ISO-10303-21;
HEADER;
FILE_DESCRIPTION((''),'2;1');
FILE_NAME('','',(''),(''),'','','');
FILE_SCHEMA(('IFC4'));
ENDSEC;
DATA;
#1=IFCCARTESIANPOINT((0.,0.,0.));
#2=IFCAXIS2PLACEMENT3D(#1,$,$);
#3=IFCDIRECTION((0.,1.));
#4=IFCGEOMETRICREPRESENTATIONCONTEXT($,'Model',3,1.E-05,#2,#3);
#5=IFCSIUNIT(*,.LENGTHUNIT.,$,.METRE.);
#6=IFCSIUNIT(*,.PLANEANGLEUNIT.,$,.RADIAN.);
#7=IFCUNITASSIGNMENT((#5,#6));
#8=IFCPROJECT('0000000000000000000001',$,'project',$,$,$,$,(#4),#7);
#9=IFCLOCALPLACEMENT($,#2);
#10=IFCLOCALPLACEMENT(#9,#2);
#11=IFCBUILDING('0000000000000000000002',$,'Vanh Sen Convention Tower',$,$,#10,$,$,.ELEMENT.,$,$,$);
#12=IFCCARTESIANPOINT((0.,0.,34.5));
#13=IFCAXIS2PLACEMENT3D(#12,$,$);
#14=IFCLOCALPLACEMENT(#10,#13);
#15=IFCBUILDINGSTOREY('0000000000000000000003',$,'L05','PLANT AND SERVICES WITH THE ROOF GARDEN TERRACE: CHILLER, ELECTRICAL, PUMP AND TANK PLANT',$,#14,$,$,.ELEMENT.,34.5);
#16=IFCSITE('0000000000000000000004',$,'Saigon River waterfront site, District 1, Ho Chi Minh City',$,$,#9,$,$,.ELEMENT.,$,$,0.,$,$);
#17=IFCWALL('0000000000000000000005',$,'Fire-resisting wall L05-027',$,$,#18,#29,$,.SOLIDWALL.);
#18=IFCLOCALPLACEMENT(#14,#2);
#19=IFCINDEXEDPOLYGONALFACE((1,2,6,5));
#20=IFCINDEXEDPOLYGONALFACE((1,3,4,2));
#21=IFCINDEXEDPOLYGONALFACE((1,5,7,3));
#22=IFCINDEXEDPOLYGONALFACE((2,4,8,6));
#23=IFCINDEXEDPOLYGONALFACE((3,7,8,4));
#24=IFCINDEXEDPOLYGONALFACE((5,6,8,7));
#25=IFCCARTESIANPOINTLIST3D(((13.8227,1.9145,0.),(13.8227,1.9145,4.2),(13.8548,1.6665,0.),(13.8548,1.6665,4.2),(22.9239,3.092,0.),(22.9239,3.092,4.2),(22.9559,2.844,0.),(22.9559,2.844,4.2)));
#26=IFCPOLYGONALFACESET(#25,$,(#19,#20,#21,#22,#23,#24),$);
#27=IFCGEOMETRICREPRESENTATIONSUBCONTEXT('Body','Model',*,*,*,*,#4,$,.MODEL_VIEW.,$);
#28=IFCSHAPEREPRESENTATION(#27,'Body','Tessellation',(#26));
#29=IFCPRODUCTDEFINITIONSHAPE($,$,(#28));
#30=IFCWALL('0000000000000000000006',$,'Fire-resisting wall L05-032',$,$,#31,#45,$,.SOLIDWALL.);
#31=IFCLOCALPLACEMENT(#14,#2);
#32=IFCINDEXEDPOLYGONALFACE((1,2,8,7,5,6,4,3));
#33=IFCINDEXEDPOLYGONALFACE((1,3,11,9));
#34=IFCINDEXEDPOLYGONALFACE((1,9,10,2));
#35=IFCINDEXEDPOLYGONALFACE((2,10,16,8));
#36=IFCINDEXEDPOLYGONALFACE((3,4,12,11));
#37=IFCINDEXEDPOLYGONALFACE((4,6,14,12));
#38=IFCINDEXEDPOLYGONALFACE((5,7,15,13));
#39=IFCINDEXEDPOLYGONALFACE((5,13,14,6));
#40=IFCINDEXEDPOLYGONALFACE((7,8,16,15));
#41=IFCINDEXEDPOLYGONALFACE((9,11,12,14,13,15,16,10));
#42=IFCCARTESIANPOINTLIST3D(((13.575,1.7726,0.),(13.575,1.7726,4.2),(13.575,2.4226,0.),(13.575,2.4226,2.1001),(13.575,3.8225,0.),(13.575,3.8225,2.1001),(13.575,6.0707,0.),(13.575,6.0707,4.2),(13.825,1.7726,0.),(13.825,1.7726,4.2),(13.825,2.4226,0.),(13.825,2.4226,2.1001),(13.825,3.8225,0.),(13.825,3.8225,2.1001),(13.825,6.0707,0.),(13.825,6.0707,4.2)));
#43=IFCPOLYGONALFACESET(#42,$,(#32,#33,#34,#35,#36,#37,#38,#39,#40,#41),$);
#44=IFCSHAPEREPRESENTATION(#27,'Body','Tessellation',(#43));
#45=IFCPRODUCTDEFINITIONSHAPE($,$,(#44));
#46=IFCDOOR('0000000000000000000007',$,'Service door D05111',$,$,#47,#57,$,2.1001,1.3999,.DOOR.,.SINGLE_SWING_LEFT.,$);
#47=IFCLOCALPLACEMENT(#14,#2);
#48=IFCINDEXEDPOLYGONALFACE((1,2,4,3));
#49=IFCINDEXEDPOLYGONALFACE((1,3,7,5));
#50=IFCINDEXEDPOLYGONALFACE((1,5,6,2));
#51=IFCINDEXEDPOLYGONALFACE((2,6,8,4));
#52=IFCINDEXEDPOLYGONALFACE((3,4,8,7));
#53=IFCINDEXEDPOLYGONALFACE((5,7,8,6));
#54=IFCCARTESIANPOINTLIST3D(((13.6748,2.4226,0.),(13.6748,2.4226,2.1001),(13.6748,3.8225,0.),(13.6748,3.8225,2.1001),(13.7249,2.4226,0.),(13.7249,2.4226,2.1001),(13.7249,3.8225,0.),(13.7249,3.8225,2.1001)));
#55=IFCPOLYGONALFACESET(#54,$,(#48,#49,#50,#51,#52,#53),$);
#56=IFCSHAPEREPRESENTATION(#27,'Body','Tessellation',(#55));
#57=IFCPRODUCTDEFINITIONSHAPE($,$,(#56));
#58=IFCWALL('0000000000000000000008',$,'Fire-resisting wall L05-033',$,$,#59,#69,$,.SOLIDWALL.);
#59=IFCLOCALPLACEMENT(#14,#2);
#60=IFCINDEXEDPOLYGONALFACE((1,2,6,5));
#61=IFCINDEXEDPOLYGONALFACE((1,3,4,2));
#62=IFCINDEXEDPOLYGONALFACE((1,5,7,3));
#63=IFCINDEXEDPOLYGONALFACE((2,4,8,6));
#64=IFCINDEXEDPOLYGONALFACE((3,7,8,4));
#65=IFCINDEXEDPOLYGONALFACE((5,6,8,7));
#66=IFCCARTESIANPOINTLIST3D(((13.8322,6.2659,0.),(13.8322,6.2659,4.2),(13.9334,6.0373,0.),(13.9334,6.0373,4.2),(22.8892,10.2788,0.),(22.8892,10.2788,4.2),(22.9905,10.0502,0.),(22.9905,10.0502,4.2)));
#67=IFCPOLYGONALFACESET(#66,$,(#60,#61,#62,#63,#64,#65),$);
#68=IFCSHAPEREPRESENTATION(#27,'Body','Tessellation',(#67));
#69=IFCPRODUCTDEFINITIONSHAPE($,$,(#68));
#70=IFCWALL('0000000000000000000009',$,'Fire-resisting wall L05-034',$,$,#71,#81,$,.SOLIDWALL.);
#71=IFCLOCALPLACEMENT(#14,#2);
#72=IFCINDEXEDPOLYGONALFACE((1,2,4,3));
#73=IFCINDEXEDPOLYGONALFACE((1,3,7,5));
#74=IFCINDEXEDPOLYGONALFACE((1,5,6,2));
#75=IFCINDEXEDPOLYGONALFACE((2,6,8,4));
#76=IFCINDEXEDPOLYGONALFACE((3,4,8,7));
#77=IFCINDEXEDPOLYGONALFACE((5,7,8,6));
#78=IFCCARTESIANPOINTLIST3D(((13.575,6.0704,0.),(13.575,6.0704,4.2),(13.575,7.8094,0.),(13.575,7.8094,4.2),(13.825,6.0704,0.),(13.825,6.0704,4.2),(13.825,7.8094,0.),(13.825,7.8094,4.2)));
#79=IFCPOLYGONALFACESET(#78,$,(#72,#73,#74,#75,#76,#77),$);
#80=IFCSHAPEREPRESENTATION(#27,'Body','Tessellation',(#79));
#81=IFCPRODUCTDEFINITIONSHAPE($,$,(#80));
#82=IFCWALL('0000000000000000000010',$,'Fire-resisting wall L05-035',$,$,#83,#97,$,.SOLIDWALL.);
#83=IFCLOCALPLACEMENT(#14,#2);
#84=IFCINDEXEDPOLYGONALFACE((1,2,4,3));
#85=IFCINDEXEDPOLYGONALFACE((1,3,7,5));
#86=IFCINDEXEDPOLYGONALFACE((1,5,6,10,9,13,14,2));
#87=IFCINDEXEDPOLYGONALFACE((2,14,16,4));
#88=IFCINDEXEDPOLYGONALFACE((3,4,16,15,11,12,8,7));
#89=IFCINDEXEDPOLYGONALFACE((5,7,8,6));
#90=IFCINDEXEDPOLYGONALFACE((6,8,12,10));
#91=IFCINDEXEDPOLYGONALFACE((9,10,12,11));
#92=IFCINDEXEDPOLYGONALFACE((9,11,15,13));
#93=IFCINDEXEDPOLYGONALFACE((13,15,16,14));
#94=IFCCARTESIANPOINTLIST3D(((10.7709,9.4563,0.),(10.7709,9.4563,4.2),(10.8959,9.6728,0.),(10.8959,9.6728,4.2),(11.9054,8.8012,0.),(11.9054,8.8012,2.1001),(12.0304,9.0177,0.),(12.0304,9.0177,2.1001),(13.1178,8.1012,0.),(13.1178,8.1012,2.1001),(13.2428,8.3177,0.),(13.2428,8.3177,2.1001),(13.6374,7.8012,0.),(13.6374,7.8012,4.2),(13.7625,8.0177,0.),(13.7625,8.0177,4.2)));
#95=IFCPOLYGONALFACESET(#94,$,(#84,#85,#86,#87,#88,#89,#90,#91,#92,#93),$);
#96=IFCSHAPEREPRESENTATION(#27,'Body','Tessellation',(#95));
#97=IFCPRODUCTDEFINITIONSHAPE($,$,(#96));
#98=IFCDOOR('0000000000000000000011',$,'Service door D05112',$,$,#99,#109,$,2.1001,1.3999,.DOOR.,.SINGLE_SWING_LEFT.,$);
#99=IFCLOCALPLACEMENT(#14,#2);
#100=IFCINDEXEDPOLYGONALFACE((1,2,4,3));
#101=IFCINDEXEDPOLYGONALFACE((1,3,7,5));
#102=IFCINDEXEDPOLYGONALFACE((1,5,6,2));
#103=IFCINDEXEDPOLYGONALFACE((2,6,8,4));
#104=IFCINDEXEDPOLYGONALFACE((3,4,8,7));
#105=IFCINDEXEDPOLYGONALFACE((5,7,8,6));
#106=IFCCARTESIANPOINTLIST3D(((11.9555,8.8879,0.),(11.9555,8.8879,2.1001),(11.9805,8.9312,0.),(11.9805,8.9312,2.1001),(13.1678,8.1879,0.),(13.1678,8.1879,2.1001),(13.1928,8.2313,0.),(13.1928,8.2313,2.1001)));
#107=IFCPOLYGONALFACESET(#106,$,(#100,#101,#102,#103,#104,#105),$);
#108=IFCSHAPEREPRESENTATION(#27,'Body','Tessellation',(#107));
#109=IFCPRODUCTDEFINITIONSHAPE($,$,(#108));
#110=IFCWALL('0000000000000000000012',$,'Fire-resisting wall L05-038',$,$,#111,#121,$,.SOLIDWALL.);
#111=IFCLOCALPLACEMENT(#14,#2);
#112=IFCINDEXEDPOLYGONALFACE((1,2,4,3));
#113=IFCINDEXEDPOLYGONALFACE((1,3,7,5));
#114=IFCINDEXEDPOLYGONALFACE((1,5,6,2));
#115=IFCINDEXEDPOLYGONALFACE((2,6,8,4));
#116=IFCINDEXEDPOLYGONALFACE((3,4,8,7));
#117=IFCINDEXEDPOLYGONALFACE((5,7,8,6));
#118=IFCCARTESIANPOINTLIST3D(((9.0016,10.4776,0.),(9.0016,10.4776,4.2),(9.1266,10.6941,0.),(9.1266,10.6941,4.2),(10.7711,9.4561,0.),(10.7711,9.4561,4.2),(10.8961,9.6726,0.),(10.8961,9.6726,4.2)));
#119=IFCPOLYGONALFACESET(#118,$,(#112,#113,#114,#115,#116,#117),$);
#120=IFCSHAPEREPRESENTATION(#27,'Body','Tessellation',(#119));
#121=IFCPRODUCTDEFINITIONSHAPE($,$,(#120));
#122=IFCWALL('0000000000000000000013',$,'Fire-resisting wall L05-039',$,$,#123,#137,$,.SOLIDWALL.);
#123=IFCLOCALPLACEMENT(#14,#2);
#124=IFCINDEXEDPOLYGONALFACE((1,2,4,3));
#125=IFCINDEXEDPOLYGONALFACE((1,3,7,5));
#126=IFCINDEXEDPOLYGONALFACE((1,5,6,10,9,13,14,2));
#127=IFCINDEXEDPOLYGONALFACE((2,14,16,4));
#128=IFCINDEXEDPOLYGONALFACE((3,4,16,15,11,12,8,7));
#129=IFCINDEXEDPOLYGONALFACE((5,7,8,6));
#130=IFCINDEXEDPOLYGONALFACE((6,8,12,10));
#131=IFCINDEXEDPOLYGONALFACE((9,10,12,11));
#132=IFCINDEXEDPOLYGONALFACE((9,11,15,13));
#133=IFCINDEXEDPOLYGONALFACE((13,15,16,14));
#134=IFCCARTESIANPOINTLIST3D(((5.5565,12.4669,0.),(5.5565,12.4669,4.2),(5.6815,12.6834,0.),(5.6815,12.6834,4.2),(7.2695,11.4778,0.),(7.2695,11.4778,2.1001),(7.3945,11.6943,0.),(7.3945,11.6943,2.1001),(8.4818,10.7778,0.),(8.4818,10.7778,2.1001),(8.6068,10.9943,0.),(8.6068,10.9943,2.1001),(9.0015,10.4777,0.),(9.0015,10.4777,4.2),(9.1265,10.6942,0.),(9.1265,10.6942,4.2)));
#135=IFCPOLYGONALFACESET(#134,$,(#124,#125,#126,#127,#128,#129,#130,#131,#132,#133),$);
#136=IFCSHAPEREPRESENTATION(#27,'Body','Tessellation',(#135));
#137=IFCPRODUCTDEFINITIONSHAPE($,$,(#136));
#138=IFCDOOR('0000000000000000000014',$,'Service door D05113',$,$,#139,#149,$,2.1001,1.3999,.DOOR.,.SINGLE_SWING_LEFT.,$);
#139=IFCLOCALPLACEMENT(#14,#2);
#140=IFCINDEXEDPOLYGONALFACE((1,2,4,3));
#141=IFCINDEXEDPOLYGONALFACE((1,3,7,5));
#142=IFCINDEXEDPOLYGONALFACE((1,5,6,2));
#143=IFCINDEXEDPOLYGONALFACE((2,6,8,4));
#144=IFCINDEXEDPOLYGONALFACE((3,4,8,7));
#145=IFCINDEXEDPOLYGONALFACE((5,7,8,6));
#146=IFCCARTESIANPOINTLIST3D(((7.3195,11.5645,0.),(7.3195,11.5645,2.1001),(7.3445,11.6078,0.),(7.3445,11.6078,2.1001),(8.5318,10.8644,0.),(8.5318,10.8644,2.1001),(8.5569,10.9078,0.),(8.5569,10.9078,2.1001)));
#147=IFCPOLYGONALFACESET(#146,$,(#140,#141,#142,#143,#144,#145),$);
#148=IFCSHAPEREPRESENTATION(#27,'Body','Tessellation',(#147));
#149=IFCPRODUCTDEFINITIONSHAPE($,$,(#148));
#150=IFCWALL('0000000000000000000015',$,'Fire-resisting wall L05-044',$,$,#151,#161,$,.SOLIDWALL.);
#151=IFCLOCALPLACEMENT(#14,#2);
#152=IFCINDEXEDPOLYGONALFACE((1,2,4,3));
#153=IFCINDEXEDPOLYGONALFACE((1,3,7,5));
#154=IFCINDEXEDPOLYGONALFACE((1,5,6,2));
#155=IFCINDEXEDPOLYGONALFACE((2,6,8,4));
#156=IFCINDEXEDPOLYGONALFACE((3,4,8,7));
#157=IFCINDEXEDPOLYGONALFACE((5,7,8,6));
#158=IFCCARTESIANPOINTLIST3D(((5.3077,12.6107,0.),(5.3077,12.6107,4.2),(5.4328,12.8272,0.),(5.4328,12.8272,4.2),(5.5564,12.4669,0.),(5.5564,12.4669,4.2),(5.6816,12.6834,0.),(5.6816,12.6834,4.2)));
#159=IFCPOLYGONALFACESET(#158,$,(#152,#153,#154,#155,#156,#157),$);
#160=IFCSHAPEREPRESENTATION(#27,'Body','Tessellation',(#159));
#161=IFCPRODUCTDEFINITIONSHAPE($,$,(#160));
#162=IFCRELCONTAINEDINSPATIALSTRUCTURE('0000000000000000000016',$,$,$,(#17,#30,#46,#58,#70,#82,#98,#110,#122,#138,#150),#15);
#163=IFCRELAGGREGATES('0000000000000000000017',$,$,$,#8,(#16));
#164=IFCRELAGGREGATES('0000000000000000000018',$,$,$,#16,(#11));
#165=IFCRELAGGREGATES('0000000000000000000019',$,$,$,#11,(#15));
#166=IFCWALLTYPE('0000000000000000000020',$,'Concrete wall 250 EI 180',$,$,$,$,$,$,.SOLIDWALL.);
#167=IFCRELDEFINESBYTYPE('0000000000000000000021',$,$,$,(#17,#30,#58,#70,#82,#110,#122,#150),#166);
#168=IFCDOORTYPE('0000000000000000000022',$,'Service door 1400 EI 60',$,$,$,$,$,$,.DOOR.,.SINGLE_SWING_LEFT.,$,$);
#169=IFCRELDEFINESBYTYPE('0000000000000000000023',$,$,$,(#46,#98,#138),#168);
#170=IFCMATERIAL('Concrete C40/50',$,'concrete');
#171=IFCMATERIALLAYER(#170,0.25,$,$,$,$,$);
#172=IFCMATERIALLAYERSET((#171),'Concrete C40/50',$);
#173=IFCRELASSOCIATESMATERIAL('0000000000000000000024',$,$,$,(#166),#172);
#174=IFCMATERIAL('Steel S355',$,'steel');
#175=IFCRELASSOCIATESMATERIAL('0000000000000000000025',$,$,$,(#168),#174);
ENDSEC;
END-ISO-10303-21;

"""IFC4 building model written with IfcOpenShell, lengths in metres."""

from ifc_helpers import new_model, si_unit, direction, frame, frame_2d, origin, place, context, subcontext, project, spatial, rectangle, extrude, material, layer, layer_set, type_object, element, fill, save


model = new_model("IFC4")

# Units and contexts
model_context = context("Model", 3, precision=1e-05, world=origin(), true_north=direction((0.0, 1.0)))
body_context = subcontext(model_context, "Body", "Model", "MODEL_VIEW")
ifc_project = project(units=[si_unit("LENGTHUNIT", "METRE"), si_unit("PLANEANGLEUNIT", "RADIAN")], contexts=[model_context])

# Site, building, storey
site_placement = place(None, origin())
site = spatial("IfcSite", under=ifc_project, at=site_placement, Name="Saigon River waterfront site, District 1, Ho Chi Minh City", CompositionType="ELEMENT", RefElevation=0.0)
building_placement = place(site_placement, origin())
building = spatial("IfcBuilding", under=site, at=building_placement, Name="Vanh Sen Convention Tower", CompositionType="ELEMENT")
storey_placement = place(building_placement, frame((0.0, 0.0, 34.5)))
storey = spatial("IfcBuildingStorey", under=building, at=storey_placement, Name="L05", Description="PLANT AND SERVICES WITH THE ROOF GARDEN TERRACE: CHILLER, ELECTRICAL, PUMP AND TANK PLANT", CompositionType="ELEMENT", Elevation=34.5)

# Wall
ifc_material_1 = material(Name="Concrete C40/50", Category="concrete")
ifc_layer_1 = layer(ifc_material_1, 0.25)
ifc_layer_set_1 = layer_set([ifc_layer_1], Name="Concrete C40/50")
wall_type_1 = type_object("IfcWallType", Name="Concrete wall 250 EI 180", PredefinedType="SOLIDWALL", material=ifc_layer_set_1)
wall_1_placement = place(storey_placement, frame((13.8389, 1.7905, 0.0), z_axis=(0.0, 0.0, 1.0), x_axis=(0.991734, 0.12831, 0.0)))
element("IfcWall", 1, at=wall_1_placement, inside=storey, type_object=wall_type_1, Name="Fire-resisting wall L05-027", PredefinedType="SOLIDWALL", context=body_context, shape_type="SweptSolid", body=[
    extrude(rectangle(XDim=9.177, YDim=0.25, at=frame_2d((4.5884, 0.0))), origin(), (0.0, 0.0, 1.0), 4.2),
])

# Wall, opening, door
wall_2_placement = place(storey_placement, frame((13.7, 6.0706, 0.0), z_axis=(0.0, 0.0, 1.0), x_axis=(0.0, -1.0, 0.0)))
wall_2 = element("IfcWall", 2, at=wall_2_placement, inside=storey, type_object=wall_type_1, Name="Fire-resisting wall L05-032", PredefinedType="SOLIDWALL", context=body_context, shape_type="SweptSolid", body=[
    extrude(rectangle(XDim=4.2981, YDim=0.25, at=frame_2d((2.1489, 0.0))), origin(), (0.0, 0.0, 1.0), 4.2),
])
opening_1_placement = place(wall_2_placement, frame((2.248, 0.0, 0.0)))
opening_1 = element("IfcOpeningElement", 3, at=opening_1_placement, cuts=wall_2, PredefinedType="OPENING", context=body_context, shape_type="SweptSolid", body=[
    extrude(rectangle(XDim=1.3999, YDim=2.1001, at=frame_2d((0.7, 1.05))), frame((0.0, 0.135, 0.0), z_axis=(0.0, -1.0, 0.0), x_axis=(1.0, 0.0, 0.0)), (0.0, 0.0, 1.0), 0.27),
])
ifc_material_2 = material(Name="Steel S355", Category="steel")
door_type_1 = type_object("IfcDoorType", Name="Service door 1400 EI 60", OperationType="SINGLE_SWING_LEFT", PredefinedType="DOOR", material=ifc_material_2)
door_1_placement = place(opening_1_placement, origin())
door_1 = element("IfcDoor", 4, at=door_1_placement, inside=storey, type_object=door_type_1, Name="Service door D05111", OperationType="SINGLE_SWING_LEFT", OverallHeight=2.1001, OverallWidth=1.3999, PredefinedType="DOOR", context=body_context, shape_type="SweptSolid", body=[
    extrude(rectangle(XDim=1.3999, YDim=2.1001, at=frame_2d((0.7, 1.05))), frame((0.0, 0.0249, 0.0), z_axis=(0.0, -1.0, 0.0), x_axis=(1.0, 0.0, 0.0)), (0.0, 0.0, 1.0), 0.05),
])
fill(opening_1, door_1)

# Walls
wall_3_placement = place(storey_placement, frame((13.8828, 6.1516, 0.0), z_axis=(0.0, 0.0, 1.0), x_axis=(0.914277, 0.405089, 0.0)))
element("IfcWall", 5, at=wall_3_placement, inside=storey, type_object=wall_type_1, Name="Fire-resisting wall L05-033", PredefinedType="SOLIDWALL", context=body_context, shape_type="SweptSolid", body=[
    extrude(rectangle(XDim=9.9062, YDim=0.25, at=frame_2d((4.9531, 0.0))), origin(), (0.0, 0.0, 1.0), 4.2),
])
wall_4_placement = place(storey_placement, frame((13.7, 7.8096, 0.0), z_axis=(0.0, 0.0, 1.0), x_axis=(0.0, -1.0, 0.0)))
element("IfcWall", 6, at=wall_4_placement, inside=storey, type_object=wall_type_1, Name="Fire-resisting wall L05-034", PredefinedType="SOLIDWALL", context=body_context, shape_type="SweptSolid", body=[
    extrude(rectangle(XDim=1.739, YDim=0.25, at=frame_2d((0.8696, 0.0))), origin(), (0.0, 0.0, 1.0), 4.2),
])

# Wall, opening, door
wall_5_placement = place(storey_placement, frame((13.7, 7.9094, 0.0), z_axis=(0.0, 0.0, 1.0), x_axis=(-0.866015, 0.500018, 0.0)))
wall_5 = element("IfcWall", 7, at=wall_5_placement, inside=storey, type_object=wall_type_1, Name="Fire-resisting wall L05-035", PredefinedType="SOLIDWALL", context=body_context, shape_type="SweptSolid", body=[
    extrude(rectangle(XDim=3.3101, YDim=0.25, at=frame_2d((1.655, 0.0))), origin(), (0.0, 0.0, 1.0), 4.2),
])
opening_2_placement = place(wall_5_placement, frame((0.6001, 0.0, 0.0)))
opening_2 = element("IfcOpeningElement", 8, at=opening_2_placement, cuts=wall_5, PredefinedType="OPENING", context=body_context, shape_type="SweptSolid", body=[
    extrude(rectangle(XDim=1.3999, YDim=2.1001, at=frame_2d((0.7, 1.05))), frame((0.0, 0.135, 0.0), z_axis=(0.0, -1.0, 0.0), x_axis=(1.0, 0.0, 0.0)), (0.0, 0.0, 1.0), 0.27),
])
door_2_placement = place(opening_2_placement, origin())
door_2 = element("IfcDoor", 9, at=door_2_placement, inside=storey, type_object=door_type_1, Name="Service door D05112", OperationType="SINGLE_SWING_LEFT", OverallHeight=2.1001, OverallWidth=1.3999, PredefinedType="DOOR", context=body_context, shape_type="SweptSolid", body=[
    extrude(rectangle(XDim=1.3999, YDim=2.1001, at=frame_2d((0.7, 1.05))), frame((0.0, 0.0249, 0.0), z_axis=(0.0, -1.0, 0.0), x_axis=(1.0, 0.0, 0.0)), (0.0, 0.0, 1.0), 0.05),
])
fill(opening_2, door_2)

# Wall
wall_6_placement = place(storey_placement, frame((10.8335, 9.5645, 0.0), z_axis=(0.0, 0.0, 1.0), x_axis=(-0.866058, 0.499943, 0.0)))
element("IfcWall", 10, at=wall_6_placement, inside=storey, type_object=wall_type_1, Name="Fire-resisting wall L05-038", PredefinedType="SOLIDWALL", context=body_context, shape_type="SweptSolid", body=[
    extrude(rectangle(XDim=2.0432, YDim=0.25, at=frame_2d((1.0215, 0.0))), origin(), (0.0, 0.0, 1.0), 4.2),
])

# Wall, opening, door
wall_7_placement = place(storey_placement, frame((9.064, 10.5859, 0.0), z_axis=(0.0, 0.0, 1.0), x_axis=(-0.865999, 0.500047, 0.0)))
wall_7 = element("IfcWall", 11, at=wall_7_placement, inside=storey, type_object=wall_type_1, Name="Fire-resisting wall L05-039", PredefinedType="SOLIDWALL", context=body_context, shape_type="SweptSolid", body=[
    extrude(rectangle(XDim=3.978, YDim=0.25, at=frame_2d((1.989, 0.0))), origin(), (0.0, 0.0, 1.0), 4.2),
])
opening_3_placement = place(wall_7_placement, frame((0.6001, 0.0, 0.0)))
opening_3 = element("IfcOpeningElement", 12, at=opening_3_placement, cuts=wall_7, PredefinedType="OPENING", context=body_context, shape_type="SweptSolid", body=[
    extrude(rectangle(XDim=1.3999, YDim=2.1001, at=frame_2d((0.7, 1.05))), frame((0.0, 0.135, 0.0), z_axis=(0.0, -1.0, 0.0), x_axis=(1.0, 0.0, 0.0)), (0.0, 0.0, 1.0), 0.27),
])
door_3_placement = place(opening_3_placement, origin())
door_3 = element("IfcDoor", 13, at=door_3_placement, inside=storey, type_object=door_type_1, Name="Service door D05113", OperationType="SINGLE_SWING_LEFT", OverallHeight=2.1001, OverallWidth=1.3999, PredefinedType="DOOR", context=body_context, shape_type="SweptSolid", body=[
    extrude(rectangle(XDim=1.3999, YDim=2.1001, at=frame_2d((0.7, 1.05))), frame((0.0, 0.0249, 0.0), z_axis=(0.0, -1.0, 0.0), x_axis=(1.0, 0.0, 0.0)), (0.0, 0.0, 1.0), 0.05),
])
fill(opening_3, door_3)

# Wall
wall_8_placement = place(storey_placement, frame((5.6189, 12.5752, 0.0), z_axis=(0.0, 0.0, 1.0), x_axis=(-0.865775, 0.500433, 0.0)))
element("IfcWall", 14, at=wall_8_placement, inside=storey, type_object=wall_type_1, Name="Fire-resisting wall L05-044", PredefinedType="SOLIDWALL", context=body_context, shape_type="SweptSolid", body=[
    extrude(rectangle(XDim=0.2874, YDim=0.25, at=frame_2d((0.1436, 0.0))), origin(), (0.0, 0.0, 1.0), 4.2),
])

save(model, "model.ifc")
